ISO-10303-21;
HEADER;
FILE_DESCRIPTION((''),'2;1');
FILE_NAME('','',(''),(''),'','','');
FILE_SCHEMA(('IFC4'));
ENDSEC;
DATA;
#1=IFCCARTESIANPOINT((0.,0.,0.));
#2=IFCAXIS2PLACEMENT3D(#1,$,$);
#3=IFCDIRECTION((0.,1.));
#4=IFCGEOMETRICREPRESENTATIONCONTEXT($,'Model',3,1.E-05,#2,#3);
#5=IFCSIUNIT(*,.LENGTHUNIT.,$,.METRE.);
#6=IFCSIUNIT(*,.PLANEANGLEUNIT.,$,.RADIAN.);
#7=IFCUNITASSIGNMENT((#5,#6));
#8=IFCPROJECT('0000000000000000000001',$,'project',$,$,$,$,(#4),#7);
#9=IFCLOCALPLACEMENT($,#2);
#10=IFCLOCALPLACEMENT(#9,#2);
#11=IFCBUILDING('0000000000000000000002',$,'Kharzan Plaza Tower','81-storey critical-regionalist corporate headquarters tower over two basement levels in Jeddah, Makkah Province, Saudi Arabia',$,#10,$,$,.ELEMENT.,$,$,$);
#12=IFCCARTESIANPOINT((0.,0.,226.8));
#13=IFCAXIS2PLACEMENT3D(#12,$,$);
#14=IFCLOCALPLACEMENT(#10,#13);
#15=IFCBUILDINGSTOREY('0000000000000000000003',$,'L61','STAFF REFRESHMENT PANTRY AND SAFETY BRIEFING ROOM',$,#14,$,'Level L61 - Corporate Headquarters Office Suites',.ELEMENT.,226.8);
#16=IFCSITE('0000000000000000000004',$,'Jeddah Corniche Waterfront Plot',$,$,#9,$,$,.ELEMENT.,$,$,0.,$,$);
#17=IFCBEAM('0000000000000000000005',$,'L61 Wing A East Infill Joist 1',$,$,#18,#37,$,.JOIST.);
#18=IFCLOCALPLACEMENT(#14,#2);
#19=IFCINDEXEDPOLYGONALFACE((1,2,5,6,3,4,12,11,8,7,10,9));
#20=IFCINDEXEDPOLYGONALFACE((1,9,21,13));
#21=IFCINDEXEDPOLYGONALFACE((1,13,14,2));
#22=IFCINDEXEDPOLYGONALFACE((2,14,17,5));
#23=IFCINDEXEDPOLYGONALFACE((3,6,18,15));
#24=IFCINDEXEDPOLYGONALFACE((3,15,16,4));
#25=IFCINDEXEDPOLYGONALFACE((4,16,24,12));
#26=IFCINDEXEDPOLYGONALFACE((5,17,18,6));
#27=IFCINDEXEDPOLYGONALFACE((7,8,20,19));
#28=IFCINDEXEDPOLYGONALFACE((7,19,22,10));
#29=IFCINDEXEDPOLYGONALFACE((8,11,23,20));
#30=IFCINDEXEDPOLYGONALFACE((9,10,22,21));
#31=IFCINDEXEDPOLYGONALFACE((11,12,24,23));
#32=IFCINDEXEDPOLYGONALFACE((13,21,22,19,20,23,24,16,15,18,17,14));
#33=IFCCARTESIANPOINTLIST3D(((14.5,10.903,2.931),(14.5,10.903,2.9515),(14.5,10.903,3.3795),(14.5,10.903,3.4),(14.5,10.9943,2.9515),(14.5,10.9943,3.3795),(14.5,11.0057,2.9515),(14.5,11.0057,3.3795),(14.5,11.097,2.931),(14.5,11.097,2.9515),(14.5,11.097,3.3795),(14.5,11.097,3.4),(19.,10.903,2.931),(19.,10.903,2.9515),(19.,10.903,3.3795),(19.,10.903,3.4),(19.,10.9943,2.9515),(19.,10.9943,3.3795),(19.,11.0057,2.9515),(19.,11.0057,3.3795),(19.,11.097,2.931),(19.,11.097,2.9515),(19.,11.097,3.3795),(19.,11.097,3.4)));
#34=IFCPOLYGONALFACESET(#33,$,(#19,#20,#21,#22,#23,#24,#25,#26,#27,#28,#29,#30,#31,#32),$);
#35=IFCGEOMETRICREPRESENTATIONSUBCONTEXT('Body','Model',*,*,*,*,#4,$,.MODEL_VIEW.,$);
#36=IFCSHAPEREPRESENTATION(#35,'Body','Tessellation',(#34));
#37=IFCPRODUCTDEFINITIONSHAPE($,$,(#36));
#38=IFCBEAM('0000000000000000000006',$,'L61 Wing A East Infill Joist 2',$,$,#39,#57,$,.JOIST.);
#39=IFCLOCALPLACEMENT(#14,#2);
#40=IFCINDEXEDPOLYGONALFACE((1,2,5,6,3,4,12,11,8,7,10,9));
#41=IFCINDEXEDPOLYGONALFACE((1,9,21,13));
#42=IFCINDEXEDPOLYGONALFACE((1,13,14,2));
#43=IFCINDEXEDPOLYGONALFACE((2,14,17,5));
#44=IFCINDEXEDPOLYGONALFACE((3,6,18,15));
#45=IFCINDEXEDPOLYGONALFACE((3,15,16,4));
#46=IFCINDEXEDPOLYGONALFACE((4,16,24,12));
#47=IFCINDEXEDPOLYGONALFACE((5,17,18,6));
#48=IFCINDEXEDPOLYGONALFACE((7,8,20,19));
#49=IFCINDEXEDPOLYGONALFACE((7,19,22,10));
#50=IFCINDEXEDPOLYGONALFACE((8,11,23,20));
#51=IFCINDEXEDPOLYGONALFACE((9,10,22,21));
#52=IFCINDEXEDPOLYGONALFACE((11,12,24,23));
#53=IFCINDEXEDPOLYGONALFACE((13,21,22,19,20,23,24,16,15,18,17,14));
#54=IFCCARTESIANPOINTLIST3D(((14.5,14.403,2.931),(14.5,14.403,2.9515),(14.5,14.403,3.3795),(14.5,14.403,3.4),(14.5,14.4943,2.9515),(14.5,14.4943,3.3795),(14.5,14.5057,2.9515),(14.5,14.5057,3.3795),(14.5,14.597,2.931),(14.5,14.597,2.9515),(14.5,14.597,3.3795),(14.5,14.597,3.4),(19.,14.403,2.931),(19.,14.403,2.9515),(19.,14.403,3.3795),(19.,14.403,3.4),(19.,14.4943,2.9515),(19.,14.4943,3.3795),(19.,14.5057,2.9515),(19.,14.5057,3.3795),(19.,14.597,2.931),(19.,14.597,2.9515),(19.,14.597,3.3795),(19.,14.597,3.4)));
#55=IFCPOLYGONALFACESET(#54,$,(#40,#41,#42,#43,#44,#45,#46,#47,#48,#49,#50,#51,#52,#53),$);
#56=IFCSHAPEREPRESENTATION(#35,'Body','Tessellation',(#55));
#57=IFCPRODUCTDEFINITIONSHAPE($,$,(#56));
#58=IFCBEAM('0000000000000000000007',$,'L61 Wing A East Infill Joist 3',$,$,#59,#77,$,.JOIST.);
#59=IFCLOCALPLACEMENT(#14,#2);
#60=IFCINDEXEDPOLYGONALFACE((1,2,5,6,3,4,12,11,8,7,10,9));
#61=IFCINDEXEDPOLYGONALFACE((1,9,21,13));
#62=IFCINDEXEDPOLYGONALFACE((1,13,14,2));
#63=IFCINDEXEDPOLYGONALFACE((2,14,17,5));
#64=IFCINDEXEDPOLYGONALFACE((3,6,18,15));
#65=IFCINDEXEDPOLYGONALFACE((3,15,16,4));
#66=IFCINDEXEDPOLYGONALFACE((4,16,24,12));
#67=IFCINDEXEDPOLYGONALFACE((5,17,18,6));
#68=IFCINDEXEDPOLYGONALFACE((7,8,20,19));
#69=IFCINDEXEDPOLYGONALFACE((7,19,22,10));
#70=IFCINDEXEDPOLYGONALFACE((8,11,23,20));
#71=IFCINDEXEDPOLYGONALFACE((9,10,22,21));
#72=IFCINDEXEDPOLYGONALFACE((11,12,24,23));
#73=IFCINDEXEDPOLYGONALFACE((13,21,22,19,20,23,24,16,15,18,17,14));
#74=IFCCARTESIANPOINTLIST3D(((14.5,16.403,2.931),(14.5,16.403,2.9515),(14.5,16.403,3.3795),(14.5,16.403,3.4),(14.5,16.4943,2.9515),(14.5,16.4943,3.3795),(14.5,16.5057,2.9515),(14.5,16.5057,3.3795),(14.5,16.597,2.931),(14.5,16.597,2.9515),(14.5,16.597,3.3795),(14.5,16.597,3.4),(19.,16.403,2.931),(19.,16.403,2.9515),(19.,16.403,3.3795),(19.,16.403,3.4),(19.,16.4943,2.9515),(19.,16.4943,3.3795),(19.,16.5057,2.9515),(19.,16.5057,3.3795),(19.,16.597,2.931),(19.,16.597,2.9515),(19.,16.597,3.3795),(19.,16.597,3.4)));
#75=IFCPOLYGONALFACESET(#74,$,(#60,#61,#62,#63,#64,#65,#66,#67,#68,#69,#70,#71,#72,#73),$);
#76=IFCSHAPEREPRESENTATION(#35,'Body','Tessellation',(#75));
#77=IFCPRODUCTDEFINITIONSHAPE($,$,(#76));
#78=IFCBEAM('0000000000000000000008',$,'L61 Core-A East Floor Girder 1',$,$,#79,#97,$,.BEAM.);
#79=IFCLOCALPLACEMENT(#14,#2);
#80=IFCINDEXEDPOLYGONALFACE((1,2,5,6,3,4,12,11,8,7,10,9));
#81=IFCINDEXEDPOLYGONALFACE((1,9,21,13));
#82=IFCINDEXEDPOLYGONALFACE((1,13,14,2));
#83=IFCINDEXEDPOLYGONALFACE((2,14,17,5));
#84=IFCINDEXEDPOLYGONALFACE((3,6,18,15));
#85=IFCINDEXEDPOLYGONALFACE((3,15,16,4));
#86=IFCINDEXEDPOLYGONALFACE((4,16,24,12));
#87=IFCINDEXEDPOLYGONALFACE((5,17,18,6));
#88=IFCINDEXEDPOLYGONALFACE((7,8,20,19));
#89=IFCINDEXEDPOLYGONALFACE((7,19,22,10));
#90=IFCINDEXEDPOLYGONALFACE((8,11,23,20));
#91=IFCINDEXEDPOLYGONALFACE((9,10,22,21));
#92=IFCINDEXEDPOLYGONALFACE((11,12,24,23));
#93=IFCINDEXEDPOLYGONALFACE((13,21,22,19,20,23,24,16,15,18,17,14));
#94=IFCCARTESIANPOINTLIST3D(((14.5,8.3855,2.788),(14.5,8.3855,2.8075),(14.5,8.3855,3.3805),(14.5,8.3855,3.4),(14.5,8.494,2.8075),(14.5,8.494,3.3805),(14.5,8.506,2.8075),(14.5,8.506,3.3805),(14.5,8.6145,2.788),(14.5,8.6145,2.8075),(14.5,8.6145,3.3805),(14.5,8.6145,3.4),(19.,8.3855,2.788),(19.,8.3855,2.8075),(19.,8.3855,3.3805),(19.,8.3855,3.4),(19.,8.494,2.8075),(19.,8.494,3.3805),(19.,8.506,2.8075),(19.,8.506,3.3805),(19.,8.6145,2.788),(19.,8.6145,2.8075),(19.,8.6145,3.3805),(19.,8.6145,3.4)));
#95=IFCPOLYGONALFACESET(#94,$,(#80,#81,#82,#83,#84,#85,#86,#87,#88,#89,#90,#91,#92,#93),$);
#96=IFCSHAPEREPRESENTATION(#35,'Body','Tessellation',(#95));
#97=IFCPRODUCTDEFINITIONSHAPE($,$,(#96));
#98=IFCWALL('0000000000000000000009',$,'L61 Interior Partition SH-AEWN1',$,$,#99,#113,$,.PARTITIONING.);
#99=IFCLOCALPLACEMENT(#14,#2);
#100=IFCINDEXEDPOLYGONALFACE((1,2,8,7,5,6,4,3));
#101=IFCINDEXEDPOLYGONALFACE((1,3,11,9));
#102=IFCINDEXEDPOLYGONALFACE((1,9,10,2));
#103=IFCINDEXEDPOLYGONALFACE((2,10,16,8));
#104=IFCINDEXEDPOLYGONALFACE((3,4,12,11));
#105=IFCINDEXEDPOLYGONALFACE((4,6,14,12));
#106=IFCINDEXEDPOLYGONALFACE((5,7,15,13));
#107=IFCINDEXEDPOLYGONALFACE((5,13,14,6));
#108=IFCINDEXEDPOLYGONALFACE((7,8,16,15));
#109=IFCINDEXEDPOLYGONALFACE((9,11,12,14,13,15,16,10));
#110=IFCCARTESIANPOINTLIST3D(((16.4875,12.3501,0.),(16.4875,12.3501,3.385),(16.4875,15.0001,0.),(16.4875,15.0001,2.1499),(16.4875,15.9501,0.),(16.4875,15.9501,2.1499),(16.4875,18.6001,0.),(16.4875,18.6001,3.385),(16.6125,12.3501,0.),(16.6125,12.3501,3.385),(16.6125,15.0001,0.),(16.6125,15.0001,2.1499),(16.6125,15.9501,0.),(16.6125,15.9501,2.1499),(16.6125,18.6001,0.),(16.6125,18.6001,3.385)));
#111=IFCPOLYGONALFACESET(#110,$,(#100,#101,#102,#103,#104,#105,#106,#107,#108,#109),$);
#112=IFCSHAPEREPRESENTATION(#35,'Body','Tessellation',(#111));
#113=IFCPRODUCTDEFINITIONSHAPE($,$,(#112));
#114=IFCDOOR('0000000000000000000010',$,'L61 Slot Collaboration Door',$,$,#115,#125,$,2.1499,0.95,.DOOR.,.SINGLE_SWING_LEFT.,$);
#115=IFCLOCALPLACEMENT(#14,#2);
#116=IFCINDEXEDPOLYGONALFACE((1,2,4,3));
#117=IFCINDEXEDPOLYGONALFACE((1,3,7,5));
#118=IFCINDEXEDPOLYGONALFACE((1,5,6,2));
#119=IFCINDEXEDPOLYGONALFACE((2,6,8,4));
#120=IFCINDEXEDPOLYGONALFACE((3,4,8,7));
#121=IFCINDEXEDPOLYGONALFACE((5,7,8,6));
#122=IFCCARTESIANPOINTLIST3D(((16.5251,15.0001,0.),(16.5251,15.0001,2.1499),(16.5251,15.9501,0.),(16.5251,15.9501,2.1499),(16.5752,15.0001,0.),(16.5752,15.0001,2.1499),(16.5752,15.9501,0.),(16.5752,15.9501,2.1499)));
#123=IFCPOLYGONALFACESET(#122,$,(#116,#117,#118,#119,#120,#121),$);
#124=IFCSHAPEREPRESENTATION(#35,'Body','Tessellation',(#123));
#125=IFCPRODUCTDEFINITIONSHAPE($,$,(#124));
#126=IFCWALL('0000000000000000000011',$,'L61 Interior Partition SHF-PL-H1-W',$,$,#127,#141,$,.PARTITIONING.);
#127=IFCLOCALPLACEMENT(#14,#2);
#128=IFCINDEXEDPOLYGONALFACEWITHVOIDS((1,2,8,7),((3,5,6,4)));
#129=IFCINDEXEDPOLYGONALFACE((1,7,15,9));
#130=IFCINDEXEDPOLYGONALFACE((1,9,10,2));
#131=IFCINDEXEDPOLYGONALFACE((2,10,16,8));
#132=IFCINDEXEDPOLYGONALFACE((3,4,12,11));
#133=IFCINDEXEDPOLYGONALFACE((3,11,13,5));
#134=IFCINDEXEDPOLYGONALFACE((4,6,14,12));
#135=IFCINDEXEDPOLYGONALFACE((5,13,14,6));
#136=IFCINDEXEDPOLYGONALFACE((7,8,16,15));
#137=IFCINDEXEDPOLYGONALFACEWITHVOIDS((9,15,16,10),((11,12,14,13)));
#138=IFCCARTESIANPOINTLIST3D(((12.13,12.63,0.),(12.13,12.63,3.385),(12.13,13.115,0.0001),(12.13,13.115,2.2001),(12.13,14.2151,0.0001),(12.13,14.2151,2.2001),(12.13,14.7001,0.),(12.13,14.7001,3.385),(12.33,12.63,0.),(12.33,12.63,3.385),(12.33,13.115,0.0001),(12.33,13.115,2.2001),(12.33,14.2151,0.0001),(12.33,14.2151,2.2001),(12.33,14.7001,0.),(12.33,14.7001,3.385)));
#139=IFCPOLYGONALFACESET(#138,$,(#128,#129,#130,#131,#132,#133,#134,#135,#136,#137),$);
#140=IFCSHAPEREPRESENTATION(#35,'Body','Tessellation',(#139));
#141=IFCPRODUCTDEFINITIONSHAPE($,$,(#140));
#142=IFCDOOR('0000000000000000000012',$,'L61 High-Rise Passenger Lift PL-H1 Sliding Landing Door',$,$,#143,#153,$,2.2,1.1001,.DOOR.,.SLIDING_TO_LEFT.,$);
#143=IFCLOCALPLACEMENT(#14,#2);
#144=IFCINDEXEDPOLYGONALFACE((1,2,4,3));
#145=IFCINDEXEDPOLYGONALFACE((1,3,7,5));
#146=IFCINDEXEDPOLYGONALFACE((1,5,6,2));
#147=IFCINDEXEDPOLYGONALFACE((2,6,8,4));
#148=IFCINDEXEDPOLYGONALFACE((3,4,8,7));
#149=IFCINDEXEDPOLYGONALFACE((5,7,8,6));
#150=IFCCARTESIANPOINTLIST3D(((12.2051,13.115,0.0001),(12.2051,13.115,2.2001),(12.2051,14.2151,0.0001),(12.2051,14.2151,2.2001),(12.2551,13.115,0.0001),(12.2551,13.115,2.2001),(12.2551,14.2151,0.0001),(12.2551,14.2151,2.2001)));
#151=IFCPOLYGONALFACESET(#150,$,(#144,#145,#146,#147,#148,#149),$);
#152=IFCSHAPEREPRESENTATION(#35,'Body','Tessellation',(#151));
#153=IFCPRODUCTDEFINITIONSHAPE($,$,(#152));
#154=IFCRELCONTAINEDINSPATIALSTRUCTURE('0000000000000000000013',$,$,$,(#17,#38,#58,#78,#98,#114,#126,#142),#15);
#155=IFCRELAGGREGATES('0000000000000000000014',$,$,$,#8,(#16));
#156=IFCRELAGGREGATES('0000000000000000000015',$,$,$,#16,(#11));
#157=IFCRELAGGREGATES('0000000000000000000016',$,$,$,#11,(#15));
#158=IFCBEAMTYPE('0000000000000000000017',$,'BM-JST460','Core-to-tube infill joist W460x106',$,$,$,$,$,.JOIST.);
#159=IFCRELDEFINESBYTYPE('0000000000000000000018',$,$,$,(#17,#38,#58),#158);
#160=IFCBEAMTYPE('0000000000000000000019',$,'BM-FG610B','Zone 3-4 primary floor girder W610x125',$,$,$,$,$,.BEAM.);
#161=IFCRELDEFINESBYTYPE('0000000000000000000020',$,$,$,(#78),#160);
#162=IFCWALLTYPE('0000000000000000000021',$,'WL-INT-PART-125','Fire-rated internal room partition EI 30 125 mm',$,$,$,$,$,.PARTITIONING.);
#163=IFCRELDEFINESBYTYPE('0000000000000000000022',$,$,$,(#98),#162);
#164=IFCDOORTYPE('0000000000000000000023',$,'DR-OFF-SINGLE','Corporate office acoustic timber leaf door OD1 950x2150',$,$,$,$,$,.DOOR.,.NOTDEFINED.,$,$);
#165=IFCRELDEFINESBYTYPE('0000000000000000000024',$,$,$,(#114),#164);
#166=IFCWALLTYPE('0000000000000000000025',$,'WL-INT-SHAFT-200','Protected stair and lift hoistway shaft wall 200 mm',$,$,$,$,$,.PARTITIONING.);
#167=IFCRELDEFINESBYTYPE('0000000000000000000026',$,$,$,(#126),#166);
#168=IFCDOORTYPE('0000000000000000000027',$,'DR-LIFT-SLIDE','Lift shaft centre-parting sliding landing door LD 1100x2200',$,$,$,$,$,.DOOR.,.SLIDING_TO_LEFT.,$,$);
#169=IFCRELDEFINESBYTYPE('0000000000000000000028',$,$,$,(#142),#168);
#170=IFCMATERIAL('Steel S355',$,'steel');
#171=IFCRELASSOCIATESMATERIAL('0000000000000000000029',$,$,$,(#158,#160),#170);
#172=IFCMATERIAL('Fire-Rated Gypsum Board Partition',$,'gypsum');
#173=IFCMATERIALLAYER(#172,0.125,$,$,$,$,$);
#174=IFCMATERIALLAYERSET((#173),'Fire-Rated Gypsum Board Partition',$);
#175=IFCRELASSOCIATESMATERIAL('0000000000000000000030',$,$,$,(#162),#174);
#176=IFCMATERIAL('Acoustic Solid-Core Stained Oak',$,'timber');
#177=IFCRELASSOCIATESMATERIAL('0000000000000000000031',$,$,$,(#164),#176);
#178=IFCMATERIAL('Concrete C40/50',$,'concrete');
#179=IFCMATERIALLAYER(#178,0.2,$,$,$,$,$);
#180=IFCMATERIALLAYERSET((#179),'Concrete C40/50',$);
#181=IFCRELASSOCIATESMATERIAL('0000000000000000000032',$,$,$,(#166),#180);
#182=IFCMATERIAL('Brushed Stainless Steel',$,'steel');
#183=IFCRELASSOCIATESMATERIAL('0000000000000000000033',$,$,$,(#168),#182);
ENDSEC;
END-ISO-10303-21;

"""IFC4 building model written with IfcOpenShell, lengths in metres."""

from ifc_helpers import new_model, si_unit, direction, frame, frame_2d, origin, origin_2d, place, context, subcontext, project, spatial, rectangle, i_section, extrude, source, transform, mapped, material, layer, layer_set, material_profile, profile_set, type_object, element, fill, save


model = new_model("IFC4")

# Units and contexts
model_context = context("Model", 3, precision=1e-05, world=origin(), true_north=direction((0.0, 1.0)))
body_context = subcontext(model_context, "Body", "Model", "MODEL_VIEW")
ifc_project = project(units=[si_unit("LENGTHUNIT", "METRE"), si_unit("PLANEANGLEUNIT", "RADIAN")], contexts=[model_context])

# Site, building, storey
site_placement = place(None, origin())
site = spatial("IfcSite", under=ifc_project, at=site_placement, Name="Jeddah Corniche Waterfront Plot", CompositionType="ELEMENT", RefElevation=0.0)
building_placement = place(site_placement, origin())
building = spatial("IfcBuilding", under=site, at=building_placement, Name="Kharzan Plaza Tower", Description="81-storey critical-regionalist corporate headquarters tower over two basement levels in Jeddah, Makkah Province, Saudi Arabia", CompositionType="ELEMENT")
storey_placement = place(building_placement, frame((0.0, 0.0, 226.8)))
storey = spatial("IfcBuildingStorey", under=building, at=storey_placement, Name="L61", Description="STAFF REFRESHMENT PANTRY AND SAFETY BRIEFING ROOM", LongName="Level L61 - Corporate Headquarters Office Suites", CompositionType="ELEMENT", Elevation=226.8)

# Beams
ifc_material_1 = material(Name="Steel S355", Category="steel")
ifc_material_profile_1 = material_profile(ifc_material_1, i_section(OverallWidth=0.1941, OverallDepth=0.469, WebThickness=0.0115, FlangeThickness=0.0205, at=origin_2d()), Name="W460x106")
ifc_profile_set_1 = profile_set([ifc_material_profile_1], Name="Steel S355")
beam_type_1 = type_object("IfcBeamType", Name="BM-JST460", Description="Core-to-tube infill joist W460x106", PredefinedType="JOIST", material=ifc_profile_set_1)
shared_shape_1 = source(origin(), body_context, "Body", "SweptSolid", [
    extrude(i_section(OverallWidth=0.1941, OverallDepth=0.469, WebThickness=0.0115, FlangeThickness=0.0205, at=origin_2d()), origin(), (0.0, 0.0, 1.0), 4.5),
])
for number, where, z_axis, x_axis, name in (
    (1, (14.5, 11.0, 3.1655), (1.0, 0.0, 0.0), (0.0, 1.0, 0.0), "L61 Wing A East Infill Joist 1"),
    (2, (14.5, 14.5, 3.1655), (1.0, 0.0, 0.0), (0.0, 1.0, 0.0), "L61 Wing A East Infill Joist 2"),
    (3, (14.5, 16.5, 3.1655), (1.0, 0.0, 0.0), (0.0, 1.0, 0.0), "L61 Wing A East Infill Joist 3"),
):
    element("IfcBeam", number, at=place(storey_placement, frame(where, z_axis=z_axis, x_axis=x_axis)), inside=storey, type_object=beam_type_1, Name=name, PredefinedType="JOIST", context=body_context, shape_type="MappedRepresentation", body=[
        mapped(shared_shape_1, transform((0.0, 0.0, 0.0), x_axis=(1.0, 0.0, 0.0), y_axis=(0.0, 1.0, 0.0), z_axis=(0.0, 0.0, 1.0))),
    ])
ifc_material_profile_2 = material_profile(ifc_material_1, i_section(OverallWidth=0.229, OverallDepth=0.6121, WebThickness=0.012, FlangeThickness=0.0195, at=origin_2d()), Name="W610x125")
ifc_profile_set_2 = profile_set([ifc_material_profile_2], Name="Steel S355")
beam_type_2 = type_object("IfcBeamType", Name="BM-FG610B", Description="Zone 3-4 primary floor girder W610x125", PredefinedType="BEAM", material=ifc_profile_set_2)
shared_shape_2 = source(origin(), body_context, "Body", "SweptSolid", [
    extrude(i_section(OverallWidth=0.229, OverallDepth=0.6121, WebThickness=0.012, FlangeThickness=0.0195, at=origin_2d()), origin(), (0.0, 0.0, 1.0), 4.5),
])
beam_placement = place(storey_placement, frame((14.5, 8.5, 3.094), z_axis=(1.0, 0.0, 0.0), x_axis=(0.0, 1.0, 0.0)))
element("IfcBeam", 4, at=beam_placement, inside=storey, type_object=beam_type_2, Name="L61 Core-A East Floor Girder 1", PredefinedType="BEAM", context=body_context, shape_type="MappedRepresentation", body=[
    mapped(shared_shape_2, transform((0.0, 0.0, 0.0), x_axis=(1.0, 0.0, 0.0), y_axis=(0.0, 1.0, 0.0), z_axis=(0.0, 0.0, 1.0))),
])

# Walls, openings, doors
ifc_material_2 = material(Name="Fire-Rated Gypsum Board Partition", Category="gypsum")
ifc_layer_1 = layer(ifc_material_2, 0.125)
ifc_layer_set_1 = layer_set([ifc_layer_1], Name="Fire-Rated Gypsum Board Partition")
wall_type_1 = type_object("IfcWallType", Name="WL-INT-PART-125", Description="Fire-rated internal room partition EI 30 125 mm", PredefinedType="PARTITIONING", material=ifc_layer_set_1)
wall_1_placement = place(storey_placement, frame((16.55, 12.3501, 0.0), z_axis=(0.0, 0.0, 1.0), x_axis=(0.0, 1.0, 0.0)))
wall_1 = element("IfcWall", 5, at=wall_1_placement, inside=storey, type_object=wall_type_1, Name="L61 Interior Partition SH-AEWN1", PredefinedType="PARTITIONING", context=body_context, shape_type="SweptSolid", body=[
    extrude(rectangle(XDim=6.25, YDim=0.125, at=frame_2d((3.125, 0.0))), origin(), (0.0, 0.0, 1.0), 3.385),
])
opening_1_placement = place(wall_1_placement, frame((2.6499, 0.0, 0.0)))
opening_1 = element("IfcOpeningElement", 6, at=opening_1_placement, cuts=wall_1, PredefinedType="OPENING", context=body_context, shape_type="SweptSolid", body=[
    extrude(rectangle(XDim=0.95, YDim=2.1499, at=frame_2d((0.4751, 1.075))), frame((0.0, 0.0725, 0.0), z_axis=(0.0, -1.0, 0.0), x_axis=(1.0, 0.0, 0.0)), (0.0, 0.0, 1.0), 0.145),
])
ifc_material_3 = material(Name="Acoustic Solid-Core Stained Oak", Category="timber")
door_type_1 = type_object("IfcDoorType", Name="DR-OFF-SINGLE", Description="Corporate office acoustic timber leaf door OD1 950x2150", OperationType="NOTDEFINED", PredefinedType="DOOR", material=ifc_material_3)
shared_shape_3 = source(origin(), body_context, "Body", "SweptSolid", [
    extrude(rectangle(XDim=0.95, YDim=2.1499, at=frame_2d((0.4751, 1.075))), frame((0.0, 0.0249, 0.0), z_axis=(0.0, -1.0, 0.0), x_axis=(1.0, 0.0, 0.0)), (0.0, 0.0, 1.0), 0.05),
])
door_1_placement = place(opening_1_placement, origin())
door_1 = element("IfcDoor", 7, at=door_1_placement, inside=storey, type_object=door_type_1, Name="L61 Slot Collaboration Door", OperationType="SINGLE_SWING_LEFT", OverallHeight=2.1499, OverallWidth=0.95, PredefinedType="DOOR", context=body_context, shape_type="MappedRepresentation", body=[
    mapped(shared_shape_3, transform((0.0, 0.0, 0.0), x_axis=(1.0, 0.0, 0.0), y_axis=(0.0, 1.0, 0.0), z_axis=(0.0, 0.0, 1.0))),
])
fill(opening_1, door_1)
ifc_material_4 = material(Name="Concrete C40/50", Category="concrete")
ifc_layer_2 = layer(ifc_material_4, 0.2)
ifc_layer_set_2 = layer_set([ifc_layer_2], Name="Concrete C40/50")
wall_type_2 = type_object("IfcWallType", Name="WL-INT-SHAFT-200", Description="Protected stair and lift hoistway shaft wall 200 mm", PredefinedType="PARTITIONING", material=ifc_layer_set_2)
wall_2_placement = place(storey_placement, frame((12.23, 12.6299, 0.0), z_axis=(0.0, 0.0, 1.0), x_axis=(0.0, 1.0, 0.0)))
wall_2 = element("IfcWall", 8, at=wall_2_placement, inside=storey, type_object=wall_type_2, Name="L61 Interior Partition SHF-PL-H1-W", PredefinedType="PARTITIONING", context=body_context, shape_type="SweptSolid", body=[
    extrude(rectangle(XDim=2.0701, YDim=0.2, at=frame_2d((1.0352, 0.0))), origin(), (0.0, 0.0, 1.0), 3.385),
])
opening_2_placement = place(wall_2_placement, frame((0.4851, 0.0, 0.0)))
opening_2 = element("IfcOpeningElement", 9, at=opening_2_placement, cuts=wall_2, PredefinedType="OPENING", context=body_context, shape_type="SweptSolid", body=[
    extrude(rectangle(XDim=1.1001, YDim=2.2, at=frame_2d((0.55, 1.1001))), frame((0.0, 0.1099, 0.0), z_axis=(0.0, -1.0, 0.0), x_axis=(1.0, 0.0, 0.0)), (0.0, 0.0, 1.0), 0.22),
])
ifc_material_5 = material(Name="Brushed Stainless Steel", Category="steel")
door_type_2 = type_object("IfcDoorType", Name="DR-LIFT-SLIDE", Description="Lift shaft centre-parting sliding landing door LD 1100x2200", OperationType="SLIDING_TO_LEFT", PredefinedType="DOOR", material=ifc_material_5)
shared_shape_4 = source(origin(), body_context, "Body", "SweptSolid", [
    extrude(rectangle(XDim=1.1001, YDim=2.2, at=frame_2d((0.55, 1.1001))), frame((0.0, 0.0249, 0.0), z_axis=(0.0, -1.0, 0.0), x_axis=(1.0, 0.0, 0.0)), (0.0, 0.0, 1.0), 0.05),
])
door_2_placement = place(opening_2_placement, origin())
door_2 = element("IfcDoor", 10, at=door_2_placement, inside=storey, type_object=door_type_2, Name="L61 High-Rise Passenger Lift PL-H1 Sliding Landing Door", OperationType="SLIDING_TO_LEFT", OverallHeight=2.2, OverallWidth=1.1001, PredefinedType="DOOR", context=body_context, shape_type="MappedRepresentation", body=[
    mapped(shared_shape_4, transform((0.0, 0.0, 0.0), x_axis=(1.0, 0.0, 0.0), y_axis=(0.0, 1.0, 0.0), z_axis=(0.0, 0.0, 1.0))),
])
fill(opening_2, door_2)

save(model, "model.ifc")
